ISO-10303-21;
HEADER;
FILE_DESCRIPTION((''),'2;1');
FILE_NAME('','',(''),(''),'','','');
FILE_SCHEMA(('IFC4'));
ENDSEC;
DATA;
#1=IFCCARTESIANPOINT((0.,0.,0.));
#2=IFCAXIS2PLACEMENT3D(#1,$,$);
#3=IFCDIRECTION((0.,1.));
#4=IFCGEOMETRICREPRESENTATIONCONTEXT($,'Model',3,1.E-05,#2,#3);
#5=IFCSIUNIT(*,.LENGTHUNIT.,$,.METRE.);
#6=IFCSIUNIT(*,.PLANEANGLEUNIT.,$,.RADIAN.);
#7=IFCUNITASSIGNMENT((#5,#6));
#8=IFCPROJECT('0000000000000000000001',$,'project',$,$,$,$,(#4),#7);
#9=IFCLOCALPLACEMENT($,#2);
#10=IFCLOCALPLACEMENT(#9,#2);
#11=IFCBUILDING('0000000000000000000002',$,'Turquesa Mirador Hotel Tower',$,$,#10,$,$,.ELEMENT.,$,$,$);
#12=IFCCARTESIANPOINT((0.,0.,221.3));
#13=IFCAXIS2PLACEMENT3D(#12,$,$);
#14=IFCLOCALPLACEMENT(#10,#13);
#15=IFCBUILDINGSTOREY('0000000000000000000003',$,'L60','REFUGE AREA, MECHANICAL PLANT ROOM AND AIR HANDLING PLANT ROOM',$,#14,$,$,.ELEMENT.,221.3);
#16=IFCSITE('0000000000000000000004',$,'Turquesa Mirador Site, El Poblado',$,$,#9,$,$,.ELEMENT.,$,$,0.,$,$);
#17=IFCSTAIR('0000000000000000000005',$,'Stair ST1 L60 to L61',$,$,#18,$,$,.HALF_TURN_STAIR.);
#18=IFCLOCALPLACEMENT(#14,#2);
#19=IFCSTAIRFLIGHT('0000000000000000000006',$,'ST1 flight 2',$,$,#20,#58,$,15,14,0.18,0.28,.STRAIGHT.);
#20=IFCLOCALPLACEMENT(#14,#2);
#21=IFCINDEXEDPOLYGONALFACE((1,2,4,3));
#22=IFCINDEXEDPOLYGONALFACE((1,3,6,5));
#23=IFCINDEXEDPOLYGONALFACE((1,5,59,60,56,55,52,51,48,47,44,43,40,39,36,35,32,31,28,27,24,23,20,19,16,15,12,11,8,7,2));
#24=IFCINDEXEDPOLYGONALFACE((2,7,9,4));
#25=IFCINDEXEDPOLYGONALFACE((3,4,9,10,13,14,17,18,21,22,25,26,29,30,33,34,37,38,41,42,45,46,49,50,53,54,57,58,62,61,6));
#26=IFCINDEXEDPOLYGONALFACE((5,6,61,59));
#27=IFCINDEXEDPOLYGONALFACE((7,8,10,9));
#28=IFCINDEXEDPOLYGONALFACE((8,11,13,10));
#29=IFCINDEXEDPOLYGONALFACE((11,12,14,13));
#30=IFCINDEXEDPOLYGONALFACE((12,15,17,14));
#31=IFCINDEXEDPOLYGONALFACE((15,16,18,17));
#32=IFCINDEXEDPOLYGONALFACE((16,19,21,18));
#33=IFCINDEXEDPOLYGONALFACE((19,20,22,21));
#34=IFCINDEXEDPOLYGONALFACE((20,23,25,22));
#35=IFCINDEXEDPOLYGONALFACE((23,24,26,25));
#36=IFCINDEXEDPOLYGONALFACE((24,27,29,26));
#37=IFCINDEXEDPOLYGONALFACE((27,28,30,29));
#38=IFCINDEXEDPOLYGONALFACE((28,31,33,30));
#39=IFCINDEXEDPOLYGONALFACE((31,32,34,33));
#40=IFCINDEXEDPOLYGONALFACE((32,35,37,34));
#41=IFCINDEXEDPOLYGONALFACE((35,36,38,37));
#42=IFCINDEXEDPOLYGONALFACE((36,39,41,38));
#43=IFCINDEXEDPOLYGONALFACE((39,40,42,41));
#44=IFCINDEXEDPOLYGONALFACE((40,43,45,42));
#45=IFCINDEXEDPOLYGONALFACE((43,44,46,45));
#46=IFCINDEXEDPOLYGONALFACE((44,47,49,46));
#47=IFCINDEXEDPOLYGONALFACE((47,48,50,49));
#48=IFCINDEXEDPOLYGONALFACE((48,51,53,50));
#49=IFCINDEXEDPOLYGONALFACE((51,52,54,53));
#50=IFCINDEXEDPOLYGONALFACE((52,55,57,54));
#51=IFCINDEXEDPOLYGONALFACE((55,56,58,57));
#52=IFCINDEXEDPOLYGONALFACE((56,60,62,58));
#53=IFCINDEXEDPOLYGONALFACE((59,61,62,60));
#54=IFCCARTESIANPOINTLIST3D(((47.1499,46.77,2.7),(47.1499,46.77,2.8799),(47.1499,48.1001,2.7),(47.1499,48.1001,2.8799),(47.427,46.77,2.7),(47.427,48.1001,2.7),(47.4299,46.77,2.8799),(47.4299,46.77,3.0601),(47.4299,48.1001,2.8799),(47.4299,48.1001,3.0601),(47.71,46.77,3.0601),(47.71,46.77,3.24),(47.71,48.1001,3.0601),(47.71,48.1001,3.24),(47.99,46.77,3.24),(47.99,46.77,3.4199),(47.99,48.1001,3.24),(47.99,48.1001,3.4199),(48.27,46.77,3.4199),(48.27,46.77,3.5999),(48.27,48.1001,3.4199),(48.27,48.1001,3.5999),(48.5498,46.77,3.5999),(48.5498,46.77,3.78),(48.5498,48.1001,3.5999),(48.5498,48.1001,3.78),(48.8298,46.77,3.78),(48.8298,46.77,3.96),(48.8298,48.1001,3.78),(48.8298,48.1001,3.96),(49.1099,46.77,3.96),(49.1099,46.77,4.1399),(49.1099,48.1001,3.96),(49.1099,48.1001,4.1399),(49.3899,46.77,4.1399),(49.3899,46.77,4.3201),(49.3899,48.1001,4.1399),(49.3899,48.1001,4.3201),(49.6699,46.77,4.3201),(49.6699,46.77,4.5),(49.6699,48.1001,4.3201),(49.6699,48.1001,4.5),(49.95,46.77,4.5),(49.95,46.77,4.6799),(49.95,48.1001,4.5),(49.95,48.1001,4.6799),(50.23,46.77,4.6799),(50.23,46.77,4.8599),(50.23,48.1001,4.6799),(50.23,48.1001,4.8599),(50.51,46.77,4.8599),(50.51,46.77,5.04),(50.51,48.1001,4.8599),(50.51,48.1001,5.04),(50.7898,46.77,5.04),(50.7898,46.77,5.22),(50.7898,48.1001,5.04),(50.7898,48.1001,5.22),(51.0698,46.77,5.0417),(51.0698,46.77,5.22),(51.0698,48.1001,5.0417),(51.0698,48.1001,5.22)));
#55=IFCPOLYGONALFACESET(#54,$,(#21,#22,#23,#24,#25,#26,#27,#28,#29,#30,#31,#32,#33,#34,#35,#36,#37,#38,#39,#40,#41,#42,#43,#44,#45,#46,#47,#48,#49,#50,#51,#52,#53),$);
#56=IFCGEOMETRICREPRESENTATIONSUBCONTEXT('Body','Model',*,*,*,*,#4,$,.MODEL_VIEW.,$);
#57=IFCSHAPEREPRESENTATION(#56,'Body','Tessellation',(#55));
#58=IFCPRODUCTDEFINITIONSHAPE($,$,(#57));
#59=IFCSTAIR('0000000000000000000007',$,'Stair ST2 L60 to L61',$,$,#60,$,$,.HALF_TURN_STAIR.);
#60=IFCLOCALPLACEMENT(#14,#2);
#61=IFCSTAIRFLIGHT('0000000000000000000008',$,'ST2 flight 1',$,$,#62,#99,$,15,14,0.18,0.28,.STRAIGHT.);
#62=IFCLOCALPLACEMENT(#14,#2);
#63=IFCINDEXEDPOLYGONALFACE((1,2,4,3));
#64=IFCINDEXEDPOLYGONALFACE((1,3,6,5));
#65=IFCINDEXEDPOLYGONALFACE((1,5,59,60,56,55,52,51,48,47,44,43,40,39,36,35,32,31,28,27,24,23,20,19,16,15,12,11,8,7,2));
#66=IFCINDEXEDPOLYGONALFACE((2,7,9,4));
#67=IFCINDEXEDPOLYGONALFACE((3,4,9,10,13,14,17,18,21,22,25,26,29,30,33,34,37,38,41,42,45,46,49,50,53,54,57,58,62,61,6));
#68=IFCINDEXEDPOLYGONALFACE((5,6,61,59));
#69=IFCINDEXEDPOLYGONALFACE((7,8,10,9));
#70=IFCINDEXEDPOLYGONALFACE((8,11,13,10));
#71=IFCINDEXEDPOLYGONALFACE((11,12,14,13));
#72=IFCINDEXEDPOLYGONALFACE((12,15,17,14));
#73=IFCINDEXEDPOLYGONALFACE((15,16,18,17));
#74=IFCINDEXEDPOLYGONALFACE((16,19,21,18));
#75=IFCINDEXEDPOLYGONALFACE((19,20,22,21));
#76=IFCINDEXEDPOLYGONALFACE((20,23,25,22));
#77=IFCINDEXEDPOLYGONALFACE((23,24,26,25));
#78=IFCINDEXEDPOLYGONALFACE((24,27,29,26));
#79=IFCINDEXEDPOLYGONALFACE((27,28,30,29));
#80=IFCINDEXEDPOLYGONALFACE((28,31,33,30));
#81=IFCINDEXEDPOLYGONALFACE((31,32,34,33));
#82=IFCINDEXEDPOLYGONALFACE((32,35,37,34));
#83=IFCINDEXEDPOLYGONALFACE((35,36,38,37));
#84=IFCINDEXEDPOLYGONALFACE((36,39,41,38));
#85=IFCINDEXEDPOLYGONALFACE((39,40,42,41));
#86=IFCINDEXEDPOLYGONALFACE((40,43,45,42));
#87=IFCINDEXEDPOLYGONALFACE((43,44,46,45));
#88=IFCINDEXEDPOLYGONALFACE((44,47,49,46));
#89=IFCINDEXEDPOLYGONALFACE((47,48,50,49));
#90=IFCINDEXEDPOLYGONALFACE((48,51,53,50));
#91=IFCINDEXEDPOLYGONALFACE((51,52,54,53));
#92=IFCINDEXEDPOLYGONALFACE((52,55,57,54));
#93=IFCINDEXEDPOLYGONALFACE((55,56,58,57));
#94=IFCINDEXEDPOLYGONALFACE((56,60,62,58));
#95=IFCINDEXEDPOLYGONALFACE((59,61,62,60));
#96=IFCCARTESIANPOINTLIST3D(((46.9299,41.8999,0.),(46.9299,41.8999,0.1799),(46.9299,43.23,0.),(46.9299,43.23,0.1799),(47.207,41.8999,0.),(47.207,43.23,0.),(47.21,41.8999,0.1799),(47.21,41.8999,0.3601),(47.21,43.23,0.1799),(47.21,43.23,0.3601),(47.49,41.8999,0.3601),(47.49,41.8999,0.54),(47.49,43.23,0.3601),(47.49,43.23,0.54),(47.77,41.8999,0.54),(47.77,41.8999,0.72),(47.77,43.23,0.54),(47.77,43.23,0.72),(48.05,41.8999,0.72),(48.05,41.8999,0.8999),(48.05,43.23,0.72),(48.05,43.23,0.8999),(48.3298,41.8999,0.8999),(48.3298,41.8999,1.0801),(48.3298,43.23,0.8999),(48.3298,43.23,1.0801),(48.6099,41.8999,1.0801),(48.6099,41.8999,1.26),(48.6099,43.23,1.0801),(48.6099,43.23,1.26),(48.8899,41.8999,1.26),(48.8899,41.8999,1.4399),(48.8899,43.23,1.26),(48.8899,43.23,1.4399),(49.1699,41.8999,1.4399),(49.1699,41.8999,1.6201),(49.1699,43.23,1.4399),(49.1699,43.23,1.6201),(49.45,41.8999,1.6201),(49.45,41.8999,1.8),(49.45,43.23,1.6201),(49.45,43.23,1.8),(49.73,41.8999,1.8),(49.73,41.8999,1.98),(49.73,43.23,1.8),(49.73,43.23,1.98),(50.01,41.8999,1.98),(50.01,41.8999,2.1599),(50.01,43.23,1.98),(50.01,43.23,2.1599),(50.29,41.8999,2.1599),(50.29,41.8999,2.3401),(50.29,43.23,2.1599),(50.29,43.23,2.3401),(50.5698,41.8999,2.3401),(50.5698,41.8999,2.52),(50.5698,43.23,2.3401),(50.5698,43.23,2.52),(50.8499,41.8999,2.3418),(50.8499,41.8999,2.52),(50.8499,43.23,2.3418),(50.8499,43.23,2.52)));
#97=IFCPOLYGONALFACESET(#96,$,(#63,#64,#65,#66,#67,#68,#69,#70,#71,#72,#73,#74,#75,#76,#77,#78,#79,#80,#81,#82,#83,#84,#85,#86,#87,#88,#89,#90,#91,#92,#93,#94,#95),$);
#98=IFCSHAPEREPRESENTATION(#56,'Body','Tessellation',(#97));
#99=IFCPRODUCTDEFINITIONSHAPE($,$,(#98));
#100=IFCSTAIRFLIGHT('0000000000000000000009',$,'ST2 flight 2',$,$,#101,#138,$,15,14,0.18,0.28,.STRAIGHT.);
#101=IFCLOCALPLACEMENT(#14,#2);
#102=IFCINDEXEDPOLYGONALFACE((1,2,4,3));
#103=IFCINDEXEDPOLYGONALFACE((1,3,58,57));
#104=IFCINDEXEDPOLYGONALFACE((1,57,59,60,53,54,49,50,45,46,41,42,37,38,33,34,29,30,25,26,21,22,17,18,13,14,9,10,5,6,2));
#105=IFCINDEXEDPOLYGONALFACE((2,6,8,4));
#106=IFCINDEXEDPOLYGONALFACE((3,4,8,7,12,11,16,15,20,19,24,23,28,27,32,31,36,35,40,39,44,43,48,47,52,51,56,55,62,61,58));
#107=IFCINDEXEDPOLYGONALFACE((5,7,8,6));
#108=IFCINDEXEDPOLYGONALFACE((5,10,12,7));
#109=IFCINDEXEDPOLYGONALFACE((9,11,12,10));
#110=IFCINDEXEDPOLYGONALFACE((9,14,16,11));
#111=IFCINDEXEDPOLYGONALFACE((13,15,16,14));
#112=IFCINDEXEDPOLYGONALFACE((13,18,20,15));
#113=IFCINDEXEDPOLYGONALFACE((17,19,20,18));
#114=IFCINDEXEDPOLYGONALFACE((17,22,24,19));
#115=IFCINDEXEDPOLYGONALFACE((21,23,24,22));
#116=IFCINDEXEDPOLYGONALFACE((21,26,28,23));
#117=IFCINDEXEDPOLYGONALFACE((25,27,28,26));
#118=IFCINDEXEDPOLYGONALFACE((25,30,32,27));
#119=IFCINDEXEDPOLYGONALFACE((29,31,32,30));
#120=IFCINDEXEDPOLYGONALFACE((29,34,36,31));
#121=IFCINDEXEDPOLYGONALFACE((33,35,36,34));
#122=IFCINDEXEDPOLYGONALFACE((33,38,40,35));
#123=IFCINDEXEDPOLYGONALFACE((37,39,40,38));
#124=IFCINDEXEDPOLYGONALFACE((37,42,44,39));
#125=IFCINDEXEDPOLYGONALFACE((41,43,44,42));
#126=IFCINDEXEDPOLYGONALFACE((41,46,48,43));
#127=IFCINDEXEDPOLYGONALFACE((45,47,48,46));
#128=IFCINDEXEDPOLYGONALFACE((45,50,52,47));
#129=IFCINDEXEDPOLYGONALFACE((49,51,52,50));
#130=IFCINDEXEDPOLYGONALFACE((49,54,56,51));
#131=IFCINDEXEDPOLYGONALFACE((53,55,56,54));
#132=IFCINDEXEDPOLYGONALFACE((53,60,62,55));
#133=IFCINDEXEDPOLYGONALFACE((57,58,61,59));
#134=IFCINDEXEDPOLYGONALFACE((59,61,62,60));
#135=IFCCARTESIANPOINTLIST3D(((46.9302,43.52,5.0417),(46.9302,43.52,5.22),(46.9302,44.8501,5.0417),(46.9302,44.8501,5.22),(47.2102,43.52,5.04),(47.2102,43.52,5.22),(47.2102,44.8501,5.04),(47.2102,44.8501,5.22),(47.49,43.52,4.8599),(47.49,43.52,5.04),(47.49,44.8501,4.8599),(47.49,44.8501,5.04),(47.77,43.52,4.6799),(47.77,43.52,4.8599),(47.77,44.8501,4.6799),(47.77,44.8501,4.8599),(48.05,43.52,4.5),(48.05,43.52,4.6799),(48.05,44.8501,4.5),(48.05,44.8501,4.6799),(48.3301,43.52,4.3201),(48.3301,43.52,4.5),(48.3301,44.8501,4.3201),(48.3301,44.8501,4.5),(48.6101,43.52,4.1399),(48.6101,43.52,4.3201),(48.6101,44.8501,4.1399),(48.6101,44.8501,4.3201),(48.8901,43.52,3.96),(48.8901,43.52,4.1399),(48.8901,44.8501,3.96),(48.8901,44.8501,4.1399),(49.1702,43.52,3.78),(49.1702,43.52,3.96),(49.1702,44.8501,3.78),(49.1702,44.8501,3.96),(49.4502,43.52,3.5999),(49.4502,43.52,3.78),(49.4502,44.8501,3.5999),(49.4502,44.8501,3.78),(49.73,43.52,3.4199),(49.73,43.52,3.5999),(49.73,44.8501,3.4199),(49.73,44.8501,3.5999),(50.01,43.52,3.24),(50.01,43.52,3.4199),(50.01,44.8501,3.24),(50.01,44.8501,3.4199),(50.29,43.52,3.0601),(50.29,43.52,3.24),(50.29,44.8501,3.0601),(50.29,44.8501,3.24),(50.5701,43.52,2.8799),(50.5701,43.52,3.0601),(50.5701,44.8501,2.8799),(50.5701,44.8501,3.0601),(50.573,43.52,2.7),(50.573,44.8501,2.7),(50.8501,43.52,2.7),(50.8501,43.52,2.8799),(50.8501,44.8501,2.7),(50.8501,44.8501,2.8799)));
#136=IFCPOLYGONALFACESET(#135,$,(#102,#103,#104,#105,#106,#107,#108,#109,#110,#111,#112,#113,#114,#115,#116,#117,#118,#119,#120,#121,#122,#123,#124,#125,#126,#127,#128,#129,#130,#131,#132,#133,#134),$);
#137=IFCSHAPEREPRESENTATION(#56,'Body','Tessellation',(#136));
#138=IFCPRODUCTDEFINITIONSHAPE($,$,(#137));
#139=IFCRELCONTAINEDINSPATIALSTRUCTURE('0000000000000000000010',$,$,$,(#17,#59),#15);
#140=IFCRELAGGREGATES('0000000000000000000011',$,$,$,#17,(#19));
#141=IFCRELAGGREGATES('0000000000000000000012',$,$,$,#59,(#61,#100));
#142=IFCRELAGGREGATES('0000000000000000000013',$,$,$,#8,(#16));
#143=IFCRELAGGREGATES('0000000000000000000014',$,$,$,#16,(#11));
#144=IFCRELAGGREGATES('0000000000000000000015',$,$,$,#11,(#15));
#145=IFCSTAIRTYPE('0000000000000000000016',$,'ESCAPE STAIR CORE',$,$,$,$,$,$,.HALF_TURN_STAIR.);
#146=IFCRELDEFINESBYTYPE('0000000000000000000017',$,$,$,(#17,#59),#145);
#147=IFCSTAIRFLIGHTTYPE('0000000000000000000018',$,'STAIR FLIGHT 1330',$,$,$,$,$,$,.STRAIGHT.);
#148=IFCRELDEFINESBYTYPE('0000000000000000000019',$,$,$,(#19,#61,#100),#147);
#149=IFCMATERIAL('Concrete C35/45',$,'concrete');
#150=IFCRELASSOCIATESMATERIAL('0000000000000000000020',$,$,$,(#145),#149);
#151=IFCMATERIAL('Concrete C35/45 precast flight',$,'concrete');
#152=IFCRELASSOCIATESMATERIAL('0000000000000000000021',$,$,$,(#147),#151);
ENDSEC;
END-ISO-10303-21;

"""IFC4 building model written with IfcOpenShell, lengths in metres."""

from ifc_helpers import new_model, si_unit, direction, frame, origin, place, context, subcontext, project, spatial, polyline, outline, extrude, material, type_object, element, aggregate, save


model = new_model("IFC4")

# Units and contexts
model_context = context("Model", 3, precision=1e-05, world=origin(), true_north=direction((0.0, 1.0)))
body_context = subcontext(model_context, "Body", "Model", "MODEL_VIEW")
ifc_project = project(units=[si_unit("LENGTHUNIT", "METRE"), si_unit("PLANEANGLEUNIT", "RADIAN")], contexts=[model_context])

# Site, building, storey
site_placement = place(None, origin())
site = spatial("IfcSite", under=ifc_project, at=site_placement, Name="Turquesa Mirador Site, El Poblado", CompositionType="ELEMENT", RefElevation=0.0)
building_placement = place(site_placement, origin())
building = spatial("IfcBuilding", under=site, at=building_placement, Name="Turquesa Mirador Hotel Tower", CompositionType="ELEMENT")
storey_placement = place(building_placement, frame((0.0, 0.0, 221.3)))
storey = spatial("IfcBuildingStorey", under=building, at=storey_placement, Name="L60", Description="REFUGE AREA, MECHANICAL PLANT ROOM AND AIR HANDLING PLANT ROOM", CompositionType="ELEMENT", Elevation=221.3)

# Stair, stair flight
ifc_material_1 = material(Name="Concrete C35/45", Category="concrete")
stair_type = type_object("IfcStairType", Name="ESCAPE STAIR CORE", PredefinedType="HALF_TURN_STAIR", material=ifc_material_1)
stair_1_placement = place(storey_placement, origin())
stair_1 = element("IfcStair", 1, at=stair_1_placement, inside=storey, type_object=stair_type, Name="Stair ST1 L60 to L61", PredefinedType="HALF_TURN_STAIR")
ifc_material_2 = material(Name="Concrete C35/45 precast flight", Category="concrete")
stair_flight_type = type_object("IfcStairFlightType", Name="STAIR FLIGHT 1330", PredefinedType="STRAIGHT", material=ifc_material_2)
stair_flight_1_placement = place(storey_placement, frame((47.1499, 47.4351, 2.7), z_axis=(0.0, 0.0, 1.0), x_axis=(1.0, 0.0, 0.0)))
stair_flight_1 = element("IfcStairFlight", 2, at=stair_flight_1_placement, type_object=stair_flight_type, Name="ST1 flight 2", NumberOfRisers=15, NumberOfTreads=14, PredefinedType="STRAIGHT", RiserHeight=0.18, TreadLength=0.28, context=body_context, shape_type="SweptSolid", body=[
    extrude(outline(polyline([(0.0, 0.0), (0.0, 0.1799), (0.28, 0.1799), (0.28, 0.3601), (0.5601, 0.3601), (0.5601, 0.54), (0.8401, 0.54), (0.8401, 0.72), (1.1201, 0.72), (1.1201, 0.8999), (1.3999, 0.8999), (1.3999, 1.0801), (1.6799, 1.0801), (1.6799, 1.26), (1.96, 1.26), (1.96, 1.4399), (2.24, 1.4399), (2.24, 1.6201), (2.52, 1.6201), (2.52, 1.8), (2.8, 1.8), (2.8, 1.98), (3.0801, 1.98), (3.0801, 2.1599), (3.3601, 2.1599), (3.3601, 2.3401), (3.6399, 2.3401), (3.6399, 2.52), (3.9199, 2.52), (3.9199, 2.7), (3.9199, 2.3418), (0.2771, 0.0), (0.0, 0.0)])), frame((0.0, 0.665, 0.0), z_axis=(0.0, -1.0, 0.0), x_axis=(1.0, 0.0, 0.0)), (0.0, 0.0, 1.0), 1.3301),
])
aggregate(stair_1, [stair_flight_1])

# Stair, stair flights
stair_2_placement = place(storey_placement, origin())
stair_2 = element("IfcStair", 3, at=stair_2_placement, inside=storey, type_object=stair_type, Name="Stair ST2 L60 to L61", PredefinedType="HALF_TURN_STAIR")
stair_flight_2_placement = place(storey_placement, frame((46.9299, 42.5649, 0.0), z_axis=(0.0, 0.0, 1.0), x_axis=(1.0, 0.0, 0.0)))
stair_flight_2 = element("IfcStairFlight", 4, at=stair_flight_2_placement, type_object=stair_flight_type, Name="ST2 flight 1", NumberOfRisers=15, NumberOfTreads=14, PredefinedType="STRAIGHT", RiserHeight=0.18, TreadLength=0.28, context=body_context, shape_type="SweptSolid", body=[
    extrude(outline(polyline([(0.0, 0.0), (0.0, 0.1799), (0.28, 0.1799), (0.28, 0.3601), (0.5601, 0.3601), (0.5601, 0.54), (0.8401, 0.54), (0.8401, 0.72), (1.1201, 0.72), (1.1201, 0.8999), (1.3999, 0.8999), (1.3999, 1.0801), (1.6799, 1.0801), (1.6799, 1.26), (1.96, 1.26), (1.96, 1.4399), (2.24, 1.4399), (2.24, 1.6201), (2.52, 1.6201), (2.52, 1.8), (2.8, 1.8), (2.8, 1.98), (3.0801, 1.98), (3.0801, 2.1599), (3.3601, 2.1599), (3.3601, 2.3401), (3.6399, 2.3401), (3.6399, 2.52), (3.9199, 2.52), (3.9199, 2.7), (3.9199, 2.3418), (0.2771, 0.0), (0.0, 0.0)])), frame((0.0, 0.665, 0.0), z_axis=(0.0, -1.0, 0.0), x_axis=(1.0, 0.0, 0.0)), (0.0, 0.0, 1.0), 1.3301),
])
stair_flight_3_placement = place(storey_placement, frame((50.8501, 44.1851, 2.7), z_axis=(0.0, 0.0, 1.0), x_axis=(-1.0, 0.0, 0.0)))
stair_flight_3 = element("IfcStairFlight", 5, at=stair_flight_3_placement, type_object=stair_flight_type, Name="ST2 flight 2", NumberOfRisers=15, NumberOfTreads=14, PredefinedType="STRAIGHT", RiserHeight=0.18, TreadLength=0.28, context=body_context, shape_type="SweptSolid", body=[
    extrude(outline(polyline([(0.0, 0.0), (0.0, 0.1799), (0.28, 0.1799), (0.28, 0.3601), (0.5601, 0.3601), (0.5601, 0.54), (0.8401, 0.54), (0.8401, 0.72), (1.1201, 0.72), (1.1201, 0.8999), (1.3999, 0.8999), (1.3999, 1.0801), (1.6799, 1.0801), (1.6799, 1.26), (1.96, 1.26), (1.96, 1.4399), (2.24, 1.4399), (2.24, 1.6201), (2.52, 1.6201), (2.52, 1.8), (2.8, 1.8), (2.8, 1.98), (3.0801, 1.98), (3.0801, 2.1599), (3.3601, 2.1599), (3.3601, 2.3401), (3.6399, 2.3401), (3.6399, 2.52), (3.9199, 2.52), (3.9199, 2.7), (3.9199, 2.3418), (0.2771, 0.0), (0.0, 0.0)])), frame((0.0, 0.665, 0.0), z_axis=(0.0, -1.0, 0.0), x_axis=(1.0, 0.0, 0.0)), (0.0, 0.0, 1.0), 1.3301),
])
aggregate(stair_2, [stair_flight_2, stair_flight_3])

save(model, "model.ifc")
